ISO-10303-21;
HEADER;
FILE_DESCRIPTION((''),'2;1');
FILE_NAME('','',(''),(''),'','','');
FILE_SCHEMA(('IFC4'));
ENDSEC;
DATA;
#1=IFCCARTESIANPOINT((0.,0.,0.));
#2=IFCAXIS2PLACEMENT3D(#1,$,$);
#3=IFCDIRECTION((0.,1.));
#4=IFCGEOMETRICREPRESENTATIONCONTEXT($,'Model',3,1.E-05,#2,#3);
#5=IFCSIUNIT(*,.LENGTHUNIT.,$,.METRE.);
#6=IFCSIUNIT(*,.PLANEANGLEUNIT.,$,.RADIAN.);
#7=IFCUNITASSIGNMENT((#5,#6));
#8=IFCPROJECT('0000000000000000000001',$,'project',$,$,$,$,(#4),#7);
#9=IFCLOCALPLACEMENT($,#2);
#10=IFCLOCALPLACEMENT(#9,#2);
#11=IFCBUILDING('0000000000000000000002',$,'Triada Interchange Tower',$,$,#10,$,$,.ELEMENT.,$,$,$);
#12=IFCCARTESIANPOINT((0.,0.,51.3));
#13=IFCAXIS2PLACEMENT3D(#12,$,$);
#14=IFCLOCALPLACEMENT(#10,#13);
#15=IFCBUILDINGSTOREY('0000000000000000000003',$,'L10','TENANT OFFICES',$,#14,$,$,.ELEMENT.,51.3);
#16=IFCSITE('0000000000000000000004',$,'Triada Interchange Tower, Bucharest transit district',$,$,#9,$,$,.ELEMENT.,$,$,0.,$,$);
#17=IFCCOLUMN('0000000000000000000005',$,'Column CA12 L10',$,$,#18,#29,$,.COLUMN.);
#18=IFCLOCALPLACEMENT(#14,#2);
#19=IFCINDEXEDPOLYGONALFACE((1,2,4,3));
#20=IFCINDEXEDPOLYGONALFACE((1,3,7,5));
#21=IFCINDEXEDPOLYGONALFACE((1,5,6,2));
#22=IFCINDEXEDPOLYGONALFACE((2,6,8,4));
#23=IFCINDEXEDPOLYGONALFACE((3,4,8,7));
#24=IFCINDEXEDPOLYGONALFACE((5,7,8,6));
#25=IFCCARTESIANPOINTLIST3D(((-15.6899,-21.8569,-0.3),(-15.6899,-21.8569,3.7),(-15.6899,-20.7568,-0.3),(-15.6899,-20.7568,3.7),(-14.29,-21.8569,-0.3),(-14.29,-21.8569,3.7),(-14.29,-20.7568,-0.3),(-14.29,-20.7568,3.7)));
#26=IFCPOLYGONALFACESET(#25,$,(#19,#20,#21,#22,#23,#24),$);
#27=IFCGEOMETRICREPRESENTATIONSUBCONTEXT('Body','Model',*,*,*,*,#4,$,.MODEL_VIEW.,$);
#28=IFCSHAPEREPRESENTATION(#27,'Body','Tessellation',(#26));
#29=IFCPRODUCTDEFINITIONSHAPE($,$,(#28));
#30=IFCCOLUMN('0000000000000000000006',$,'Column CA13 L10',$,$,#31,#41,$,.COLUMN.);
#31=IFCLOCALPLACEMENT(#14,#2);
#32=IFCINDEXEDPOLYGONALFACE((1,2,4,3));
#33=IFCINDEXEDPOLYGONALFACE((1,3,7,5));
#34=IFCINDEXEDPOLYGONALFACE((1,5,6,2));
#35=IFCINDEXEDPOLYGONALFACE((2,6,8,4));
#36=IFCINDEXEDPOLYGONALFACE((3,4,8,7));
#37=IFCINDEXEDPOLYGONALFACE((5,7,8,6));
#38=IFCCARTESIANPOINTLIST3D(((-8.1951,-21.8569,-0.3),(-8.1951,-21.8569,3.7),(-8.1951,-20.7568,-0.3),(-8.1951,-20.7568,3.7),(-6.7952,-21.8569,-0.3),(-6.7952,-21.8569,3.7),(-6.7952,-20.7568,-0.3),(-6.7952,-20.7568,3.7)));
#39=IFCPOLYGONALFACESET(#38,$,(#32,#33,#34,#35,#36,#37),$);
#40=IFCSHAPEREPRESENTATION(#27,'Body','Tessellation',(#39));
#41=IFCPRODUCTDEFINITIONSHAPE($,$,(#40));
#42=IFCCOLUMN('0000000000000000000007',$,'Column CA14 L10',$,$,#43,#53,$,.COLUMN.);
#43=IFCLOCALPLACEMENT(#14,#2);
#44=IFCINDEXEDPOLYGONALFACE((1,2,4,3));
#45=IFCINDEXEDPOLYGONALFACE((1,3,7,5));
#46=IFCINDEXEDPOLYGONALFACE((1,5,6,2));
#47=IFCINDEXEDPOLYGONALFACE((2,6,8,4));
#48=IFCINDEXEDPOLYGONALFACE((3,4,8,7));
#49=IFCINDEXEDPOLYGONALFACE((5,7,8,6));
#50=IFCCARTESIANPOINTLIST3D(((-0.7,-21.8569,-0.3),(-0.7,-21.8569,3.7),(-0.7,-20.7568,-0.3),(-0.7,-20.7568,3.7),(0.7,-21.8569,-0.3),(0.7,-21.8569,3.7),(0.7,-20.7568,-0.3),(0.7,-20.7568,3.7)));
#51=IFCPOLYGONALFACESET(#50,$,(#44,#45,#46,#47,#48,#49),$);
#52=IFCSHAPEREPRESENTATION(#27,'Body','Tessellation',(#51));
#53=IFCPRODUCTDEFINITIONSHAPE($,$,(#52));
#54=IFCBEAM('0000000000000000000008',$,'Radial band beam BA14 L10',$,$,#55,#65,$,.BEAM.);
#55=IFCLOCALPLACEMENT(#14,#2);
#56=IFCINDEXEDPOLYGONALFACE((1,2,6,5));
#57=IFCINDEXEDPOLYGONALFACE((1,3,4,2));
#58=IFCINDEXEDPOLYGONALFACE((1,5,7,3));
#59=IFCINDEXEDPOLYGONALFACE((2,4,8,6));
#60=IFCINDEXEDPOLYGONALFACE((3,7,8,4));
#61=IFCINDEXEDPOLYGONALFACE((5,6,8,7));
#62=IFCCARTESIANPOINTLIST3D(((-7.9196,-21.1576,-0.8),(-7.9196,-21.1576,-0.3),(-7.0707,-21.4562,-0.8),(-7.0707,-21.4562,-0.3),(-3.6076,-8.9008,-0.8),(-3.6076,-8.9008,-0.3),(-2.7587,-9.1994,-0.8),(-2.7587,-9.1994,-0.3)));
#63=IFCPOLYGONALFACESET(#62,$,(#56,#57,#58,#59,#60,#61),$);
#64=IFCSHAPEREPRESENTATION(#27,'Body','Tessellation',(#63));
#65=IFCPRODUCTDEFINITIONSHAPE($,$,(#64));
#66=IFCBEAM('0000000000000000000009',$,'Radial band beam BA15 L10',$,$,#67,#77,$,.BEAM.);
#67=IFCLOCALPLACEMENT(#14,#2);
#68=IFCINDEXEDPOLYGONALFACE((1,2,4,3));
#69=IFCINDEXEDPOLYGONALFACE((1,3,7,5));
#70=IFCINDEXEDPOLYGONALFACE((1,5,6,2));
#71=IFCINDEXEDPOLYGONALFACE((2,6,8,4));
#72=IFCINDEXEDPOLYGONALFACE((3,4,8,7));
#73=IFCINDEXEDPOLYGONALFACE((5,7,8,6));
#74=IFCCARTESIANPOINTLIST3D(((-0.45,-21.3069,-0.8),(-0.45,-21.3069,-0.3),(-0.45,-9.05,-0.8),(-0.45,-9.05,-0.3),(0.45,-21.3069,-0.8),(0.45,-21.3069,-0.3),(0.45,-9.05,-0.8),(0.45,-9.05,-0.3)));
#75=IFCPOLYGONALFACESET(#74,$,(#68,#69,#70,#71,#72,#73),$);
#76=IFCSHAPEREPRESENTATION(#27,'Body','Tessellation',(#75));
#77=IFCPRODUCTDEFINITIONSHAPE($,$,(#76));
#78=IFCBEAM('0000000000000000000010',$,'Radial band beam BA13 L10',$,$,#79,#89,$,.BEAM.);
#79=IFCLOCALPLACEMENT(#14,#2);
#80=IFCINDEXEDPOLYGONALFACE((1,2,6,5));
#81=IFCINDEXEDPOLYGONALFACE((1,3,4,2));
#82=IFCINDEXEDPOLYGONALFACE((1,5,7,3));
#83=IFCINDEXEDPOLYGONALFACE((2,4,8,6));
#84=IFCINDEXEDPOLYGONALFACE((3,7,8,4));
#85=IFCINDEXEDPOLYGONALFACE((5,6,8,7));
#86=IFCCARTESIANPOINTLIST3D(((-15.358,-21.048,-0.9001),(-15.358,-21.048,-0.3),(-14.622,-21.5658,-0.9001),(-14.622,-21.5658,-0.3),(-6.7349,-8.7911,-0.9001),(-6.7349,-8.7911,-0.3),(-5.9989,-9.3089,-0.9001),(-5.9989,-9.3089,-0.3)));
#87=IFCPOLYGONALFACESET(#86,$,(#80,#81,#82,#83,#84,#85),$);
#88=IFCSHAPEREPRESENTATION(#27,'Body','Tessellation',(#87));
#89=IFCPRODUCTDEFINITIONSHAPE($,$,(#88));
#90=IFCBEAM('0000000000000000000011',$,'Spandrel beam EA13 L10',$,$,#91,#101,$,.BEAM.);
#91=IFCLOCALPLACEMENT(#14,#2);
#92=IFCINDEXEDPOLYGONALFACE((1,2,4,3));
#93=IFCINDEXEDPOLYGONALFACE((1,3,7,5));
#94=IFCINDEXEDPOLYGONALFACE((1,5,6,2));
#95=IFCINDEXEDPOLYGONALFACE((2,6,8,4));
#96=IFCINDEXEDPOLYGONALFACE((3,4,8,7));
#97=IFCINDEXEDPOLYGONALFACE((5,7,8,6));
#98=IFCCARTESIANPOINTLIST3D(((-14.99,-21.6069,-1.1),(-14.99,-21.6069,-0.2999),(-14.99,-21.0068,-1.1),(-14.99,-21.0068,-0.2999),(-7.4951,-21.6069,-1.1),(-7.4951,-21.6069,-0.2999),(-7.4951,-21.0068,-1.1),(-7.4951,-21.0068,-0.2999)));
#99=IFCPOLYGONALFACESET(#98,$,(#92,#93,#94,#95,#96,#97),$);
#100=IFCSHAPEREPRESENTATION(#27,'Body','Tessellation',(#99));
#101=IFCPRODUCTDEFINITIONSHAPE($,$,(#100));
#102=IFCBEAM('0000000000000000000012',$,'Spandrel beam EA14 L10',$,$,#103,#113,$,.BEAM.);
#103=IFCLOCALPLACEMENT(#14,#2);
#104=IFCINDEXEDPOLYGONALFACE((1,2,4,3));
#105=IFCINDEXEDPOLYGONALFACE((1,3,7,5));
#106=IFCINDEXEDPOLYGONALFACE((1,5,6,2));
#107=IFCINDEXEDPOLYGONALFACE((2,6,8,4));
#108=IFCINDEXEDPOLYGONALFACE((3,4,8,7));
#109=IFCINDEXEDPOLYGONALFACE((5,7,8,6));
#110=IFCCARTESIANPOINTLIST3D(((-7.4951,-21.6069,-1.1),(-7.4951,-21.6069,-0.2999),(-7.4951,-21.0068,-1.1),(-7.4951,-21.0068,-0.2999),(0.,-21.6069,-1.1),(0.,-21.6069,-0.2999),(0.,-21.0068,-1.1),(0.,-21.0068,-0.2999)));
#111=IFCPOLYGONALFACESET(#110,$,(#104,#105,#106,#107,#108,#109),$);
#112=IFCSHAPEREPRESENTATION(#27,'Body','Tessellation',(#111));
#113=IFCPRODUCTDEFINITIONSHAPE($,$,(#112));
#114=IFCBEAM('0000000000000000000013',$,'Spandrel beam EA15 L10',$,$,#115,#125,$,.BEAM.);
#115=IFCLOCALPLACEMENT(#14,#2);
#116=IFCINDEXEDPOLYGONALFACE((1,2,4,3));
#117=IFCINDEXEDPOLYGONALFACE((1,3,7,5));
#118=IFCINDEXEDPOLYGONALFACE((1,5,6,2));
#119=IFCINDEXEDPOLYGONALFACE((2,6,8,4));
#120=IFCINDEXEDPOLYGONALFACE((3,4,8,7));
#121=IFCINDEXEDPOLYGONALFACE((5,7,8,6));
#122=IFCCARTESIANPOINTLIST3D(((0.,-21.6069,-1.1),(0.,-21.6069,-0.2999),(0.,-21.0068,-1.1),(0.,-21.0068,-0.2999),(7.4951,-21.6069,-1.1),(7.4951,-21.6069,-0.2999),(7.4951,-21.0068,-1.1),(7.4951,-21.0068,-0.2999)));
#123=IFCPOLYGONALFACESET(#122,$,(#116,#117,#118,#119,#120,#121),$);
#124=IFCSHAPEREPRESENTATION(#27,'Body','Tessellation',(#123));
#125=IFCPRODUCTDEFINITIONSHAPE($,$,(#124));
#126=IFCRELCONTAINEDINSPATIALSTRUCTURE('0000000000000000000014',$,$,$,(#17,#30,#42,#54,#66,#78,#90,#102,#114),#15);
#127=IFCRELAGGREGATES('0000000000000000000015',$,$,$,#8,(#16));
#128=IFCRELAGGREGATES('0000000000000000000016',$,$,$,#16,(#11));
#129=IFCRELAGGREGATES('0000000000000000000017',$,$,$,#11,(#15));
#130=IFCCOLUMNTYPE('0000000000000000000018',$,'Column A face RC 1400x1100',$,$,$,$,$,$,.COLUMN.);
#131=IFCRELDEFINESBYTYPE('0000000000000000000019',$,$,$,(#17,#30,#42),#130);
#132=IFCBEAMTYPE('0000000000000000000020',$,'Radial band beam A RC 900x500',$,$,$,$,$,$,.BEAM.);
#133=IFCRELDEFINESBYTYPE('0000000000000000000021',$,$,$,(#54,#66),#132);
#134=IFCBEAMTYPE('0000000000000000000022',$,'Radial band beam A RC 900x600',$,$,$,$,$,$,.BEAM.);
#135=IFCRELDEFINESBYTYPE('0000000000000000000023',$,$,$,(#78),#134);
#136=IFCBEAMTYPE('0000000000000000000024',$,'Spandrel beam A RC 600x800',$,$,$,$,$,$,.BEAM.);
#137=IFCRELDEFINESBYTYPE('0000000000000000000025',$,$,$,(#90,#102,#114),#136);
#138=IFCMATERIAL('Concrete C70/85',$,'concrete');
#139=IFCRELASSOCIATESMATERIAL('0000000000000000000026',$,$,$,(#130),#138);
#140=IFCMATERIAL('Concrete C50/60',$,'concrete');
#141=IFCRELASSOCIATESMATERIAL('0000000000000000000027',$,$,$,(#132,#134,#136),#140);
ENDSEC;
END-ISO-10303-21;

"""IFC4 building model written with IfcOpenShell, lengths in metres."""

from ifc_helpers import new_model, si_unit, direction, frame, origin, origin_2d, place, context, subcontext, project, spatial, rectangle, extrude, material, material_profile, profile_set, type_object, element, save


model = new_model("IFC4")

# Units and contexts
model_context = context("Model", 3, precision=1e-05, world=origin(), true_north=direction((0.0, 1.0)))
body_context = subcontext(model_context, "Body", "Model", "MODEL_VIEW")
ifc_project = project(units=[si_unit("LENGTHUNIT", "METRE"), si_unit("PLANEANGLEUNIT", "RADIAN")], contexts=[model_context])

# Site, building, storey
site_placement = place(None, origin())
site = spatial("IfcSite", under=ifc_project, at=site_placement, Name="Triada Interchange Tower, Bucharest transit district", CompositionType="ELEMENT", RefElevation=0.0)
building_placement = place(site_placement, origin())
building = spatial("IfcBuilding", under=site, at=building_placement, Name="Triada Interchange Tower", CompositionType="ELEMENT")
storey_placement = place(building_placement, frame((0.0, 0.0, 51.3)))
storey = spatial("IfcBuildingStorey", under=building, at=storey_placement, Name="L10", Description="TENANT OFFICES", CompositionType="ELEMENT", Elevation=51.3)

# Columns
ifc_material_1 = material(Name="Concrete C70/85", Category="concrete")
ifc_material_profile_1 = material_profile(ifc_material_1, rectangle(XDim=1.3999, YDim=1.1001, at=origin_2d()), Name="RC 1400x1100")
ifc_profile_set_1 = profile_set([ifc_material_profile_1], Name="Concrete C70/85")
column_type = type_object("IfcColumnType", Name="Column A face RC 1400x1100", PredefinedType="COLUMN", material=ifc_profile_set_1)
for number, where, z_axis, x_axis, name in (
    (1, (-14.99, -21.3069, -0.3), (0.0, 0.0, 1.0), (1.0, 0.0, 0.0), "Column CA12 L10"),
    (2, (-7.4951, -21.3069, -0.3), (0.0, 0.0, 1.0), (1.0, 0.0, 0.0), "Column CA13 L10"),
    (3, (0.0, -21.3069, -0.3), (0.0, 0.0, 1.0), (1.0, 0.0, 0.0), "Column CA14 L10"),
):
    element("IfcColumn", number, at=place(storey_placement, frame(where, z_axis=z_axis, x_axis=x_axis)), inside=storey, type_object=column_type, Name=name, PredefinedType="COLUMN", context=body_context, shape_type="SweptSolid", body=[
        extrude(rectangle(XDim=1.3999, YDim=1.1001, at=origin_2d()), origin(), (0.0, 0.0, 1.0), 4.0),
    ])

# Beams
ifc_material_2 = material(Name="Concrete C50/60", Category="concrete")
ifc_material_profile_2 = material_profile(ifc_material_2, rectangle(XDim=0.8999, YDim=0.5, at=origin_2d()), Name="RC 900x500")
ifc_profile_set_2 = profile_set([ifc_material_profile_2], Name="Concrete C50/60")
beam_type_1 = type_object("IfcBeamType", Name="Radial band beam A RC 900x500", PredefinedType="BEAM", material=ifc_profile_set_2)
beam_1_placement = place(storey_placement, frame((-7.4951, -21.3069, -0.55), z_axis=(0.331867, 0.943326, 0.0), x_axis=(-0.943326, 0.331867, 0.0)))
element("IfcBeam", 4, at=beam_1_placement, inside=storey, type_object=beam_type_1, Name="Radial band beam BA14 L10", PredefinedType="BEAM", context=body_context, shape_type="SweptSolid", body=[
    extrude(rectangle(XDim=0.8999, YDim=0.5, at=origin_2d()), origin(), (0.0, 0.0, 1.0), 12.9932),
])
beam_2_placement = place(storey_placement, frame((0.0, -21.3069, -0.55), z_axis=(0.0, 1.0, 0.0), x_axis=(-1.0, 0.0, 0.0)))
element("IfcBeam", 5, at=beam_2_placement, inside=storey, type_object=beam_type_1, Name="Radial band beam BA15 L10", PredefinedType="BEAM", context=body_context, shape_type="SweptSolid", body=[
    extrude(rectangle(XDim=0.8999, YDim=0.5, at=origin_2d()), origin(), (0.0, 0.0, 1.0), 12.2568),
])
ifc_material_profile_3 = material_profile(ifc_material_2, rectangle(XDim=0.8999, YDim=0.6001, at=origin_2d()), Name="RC 900x600")
ifc_profile_set_3 = profile_set([ifc_material_profile_3], Name="Concrete C50/60")
beam_type_2 = type_object("IfcBeamType", Name="Radial band beam A RC 900x600", PredefinedType="BEAM", material=ifc_profile_set_3)
beam_3_placement = place(storey_placement, frame((-14.99, -21.3069, -0.6001), z_axis=(0.575398, 0.817873, 0.0), x_axis=(-0.817873, 0.575398, 0.0)))
element("IfcBeam", 6, at=beam_3_placement, inside=storey, type_object=beam_type_2, Name="Radial band beam BA13 L10", PredefinedType="BEAM", context=body_context, shape_type="SweptSolid", body=[
    extrude(rectangle(XDim=0.8999, YDim=0.6001, at=origin_2d()), origin(), (0.0, 0.0, 1.0), 14.9863),
])
ifc_material_profile_4 = material_profile(ifc_material_2, rectangle(XDim=0.6001, YDim=0.8, at=origin_2d()), Name="RC 600x800")
ifc_profile_set_4 = profile_set([ifc_material_profile_4], Name="Concrete C50/60")
beam_type_3 = type_object("IfcBeamType", Name="Spandrel beam A RC 600x800", PredefinedType="BEAM", material=ifc_profile_set_4)
beam_4_placement = place(storey_placement, frame((-14.99, -21.3069, -0.7), z_axis=(1.0, 0.0, 0.0), x_axis=(0.0, 1.0, 0.0)))
element("IfcBeam", 7, at=beam_4_placement, inside=storey, type_object=beam_type_3, Name="Spandrel beam EA13 L10", PredefinedType="BEAM", context=body_context, shape_type="SweptSolid", body=[
    extrude(rectangle(XDim=0.6001, YDim=0.8, at=origin_2d()), origin(), (0.0, 0.0, 1.0), 7.4949),
])
for number, where, z_axis, x_axis, name in (
    (8, (-7.4951, -21.3069, -0.7), (1.0, 0.0, 0.0), (0.0, 1.0, 0.0), "Spandrel beam EA14 L10"),
    (9, (0.0, -21.3069, -0.7), (1.0, 0.0, 0.0), (0.0, 1.0, 0.0), "Spandrel beam EA15 L10"),
):
    element("IfcBeam", number, at=place(storey_placement, frame(where, z_axis=z_axis, x_axis=x_axis)), inside=storey, type_object=beam_type_3, Name=name, PredefinedType="BEAM", context=body_context, shape_type="SweptSolid", body=[
        extrude(rectangle(XDim=0.6001, YDim=0.8, at=origin_2d()), origin(), (0.0, 0.0, 1.0), 7.4951),
    ])

save(model, "model.ifc")
